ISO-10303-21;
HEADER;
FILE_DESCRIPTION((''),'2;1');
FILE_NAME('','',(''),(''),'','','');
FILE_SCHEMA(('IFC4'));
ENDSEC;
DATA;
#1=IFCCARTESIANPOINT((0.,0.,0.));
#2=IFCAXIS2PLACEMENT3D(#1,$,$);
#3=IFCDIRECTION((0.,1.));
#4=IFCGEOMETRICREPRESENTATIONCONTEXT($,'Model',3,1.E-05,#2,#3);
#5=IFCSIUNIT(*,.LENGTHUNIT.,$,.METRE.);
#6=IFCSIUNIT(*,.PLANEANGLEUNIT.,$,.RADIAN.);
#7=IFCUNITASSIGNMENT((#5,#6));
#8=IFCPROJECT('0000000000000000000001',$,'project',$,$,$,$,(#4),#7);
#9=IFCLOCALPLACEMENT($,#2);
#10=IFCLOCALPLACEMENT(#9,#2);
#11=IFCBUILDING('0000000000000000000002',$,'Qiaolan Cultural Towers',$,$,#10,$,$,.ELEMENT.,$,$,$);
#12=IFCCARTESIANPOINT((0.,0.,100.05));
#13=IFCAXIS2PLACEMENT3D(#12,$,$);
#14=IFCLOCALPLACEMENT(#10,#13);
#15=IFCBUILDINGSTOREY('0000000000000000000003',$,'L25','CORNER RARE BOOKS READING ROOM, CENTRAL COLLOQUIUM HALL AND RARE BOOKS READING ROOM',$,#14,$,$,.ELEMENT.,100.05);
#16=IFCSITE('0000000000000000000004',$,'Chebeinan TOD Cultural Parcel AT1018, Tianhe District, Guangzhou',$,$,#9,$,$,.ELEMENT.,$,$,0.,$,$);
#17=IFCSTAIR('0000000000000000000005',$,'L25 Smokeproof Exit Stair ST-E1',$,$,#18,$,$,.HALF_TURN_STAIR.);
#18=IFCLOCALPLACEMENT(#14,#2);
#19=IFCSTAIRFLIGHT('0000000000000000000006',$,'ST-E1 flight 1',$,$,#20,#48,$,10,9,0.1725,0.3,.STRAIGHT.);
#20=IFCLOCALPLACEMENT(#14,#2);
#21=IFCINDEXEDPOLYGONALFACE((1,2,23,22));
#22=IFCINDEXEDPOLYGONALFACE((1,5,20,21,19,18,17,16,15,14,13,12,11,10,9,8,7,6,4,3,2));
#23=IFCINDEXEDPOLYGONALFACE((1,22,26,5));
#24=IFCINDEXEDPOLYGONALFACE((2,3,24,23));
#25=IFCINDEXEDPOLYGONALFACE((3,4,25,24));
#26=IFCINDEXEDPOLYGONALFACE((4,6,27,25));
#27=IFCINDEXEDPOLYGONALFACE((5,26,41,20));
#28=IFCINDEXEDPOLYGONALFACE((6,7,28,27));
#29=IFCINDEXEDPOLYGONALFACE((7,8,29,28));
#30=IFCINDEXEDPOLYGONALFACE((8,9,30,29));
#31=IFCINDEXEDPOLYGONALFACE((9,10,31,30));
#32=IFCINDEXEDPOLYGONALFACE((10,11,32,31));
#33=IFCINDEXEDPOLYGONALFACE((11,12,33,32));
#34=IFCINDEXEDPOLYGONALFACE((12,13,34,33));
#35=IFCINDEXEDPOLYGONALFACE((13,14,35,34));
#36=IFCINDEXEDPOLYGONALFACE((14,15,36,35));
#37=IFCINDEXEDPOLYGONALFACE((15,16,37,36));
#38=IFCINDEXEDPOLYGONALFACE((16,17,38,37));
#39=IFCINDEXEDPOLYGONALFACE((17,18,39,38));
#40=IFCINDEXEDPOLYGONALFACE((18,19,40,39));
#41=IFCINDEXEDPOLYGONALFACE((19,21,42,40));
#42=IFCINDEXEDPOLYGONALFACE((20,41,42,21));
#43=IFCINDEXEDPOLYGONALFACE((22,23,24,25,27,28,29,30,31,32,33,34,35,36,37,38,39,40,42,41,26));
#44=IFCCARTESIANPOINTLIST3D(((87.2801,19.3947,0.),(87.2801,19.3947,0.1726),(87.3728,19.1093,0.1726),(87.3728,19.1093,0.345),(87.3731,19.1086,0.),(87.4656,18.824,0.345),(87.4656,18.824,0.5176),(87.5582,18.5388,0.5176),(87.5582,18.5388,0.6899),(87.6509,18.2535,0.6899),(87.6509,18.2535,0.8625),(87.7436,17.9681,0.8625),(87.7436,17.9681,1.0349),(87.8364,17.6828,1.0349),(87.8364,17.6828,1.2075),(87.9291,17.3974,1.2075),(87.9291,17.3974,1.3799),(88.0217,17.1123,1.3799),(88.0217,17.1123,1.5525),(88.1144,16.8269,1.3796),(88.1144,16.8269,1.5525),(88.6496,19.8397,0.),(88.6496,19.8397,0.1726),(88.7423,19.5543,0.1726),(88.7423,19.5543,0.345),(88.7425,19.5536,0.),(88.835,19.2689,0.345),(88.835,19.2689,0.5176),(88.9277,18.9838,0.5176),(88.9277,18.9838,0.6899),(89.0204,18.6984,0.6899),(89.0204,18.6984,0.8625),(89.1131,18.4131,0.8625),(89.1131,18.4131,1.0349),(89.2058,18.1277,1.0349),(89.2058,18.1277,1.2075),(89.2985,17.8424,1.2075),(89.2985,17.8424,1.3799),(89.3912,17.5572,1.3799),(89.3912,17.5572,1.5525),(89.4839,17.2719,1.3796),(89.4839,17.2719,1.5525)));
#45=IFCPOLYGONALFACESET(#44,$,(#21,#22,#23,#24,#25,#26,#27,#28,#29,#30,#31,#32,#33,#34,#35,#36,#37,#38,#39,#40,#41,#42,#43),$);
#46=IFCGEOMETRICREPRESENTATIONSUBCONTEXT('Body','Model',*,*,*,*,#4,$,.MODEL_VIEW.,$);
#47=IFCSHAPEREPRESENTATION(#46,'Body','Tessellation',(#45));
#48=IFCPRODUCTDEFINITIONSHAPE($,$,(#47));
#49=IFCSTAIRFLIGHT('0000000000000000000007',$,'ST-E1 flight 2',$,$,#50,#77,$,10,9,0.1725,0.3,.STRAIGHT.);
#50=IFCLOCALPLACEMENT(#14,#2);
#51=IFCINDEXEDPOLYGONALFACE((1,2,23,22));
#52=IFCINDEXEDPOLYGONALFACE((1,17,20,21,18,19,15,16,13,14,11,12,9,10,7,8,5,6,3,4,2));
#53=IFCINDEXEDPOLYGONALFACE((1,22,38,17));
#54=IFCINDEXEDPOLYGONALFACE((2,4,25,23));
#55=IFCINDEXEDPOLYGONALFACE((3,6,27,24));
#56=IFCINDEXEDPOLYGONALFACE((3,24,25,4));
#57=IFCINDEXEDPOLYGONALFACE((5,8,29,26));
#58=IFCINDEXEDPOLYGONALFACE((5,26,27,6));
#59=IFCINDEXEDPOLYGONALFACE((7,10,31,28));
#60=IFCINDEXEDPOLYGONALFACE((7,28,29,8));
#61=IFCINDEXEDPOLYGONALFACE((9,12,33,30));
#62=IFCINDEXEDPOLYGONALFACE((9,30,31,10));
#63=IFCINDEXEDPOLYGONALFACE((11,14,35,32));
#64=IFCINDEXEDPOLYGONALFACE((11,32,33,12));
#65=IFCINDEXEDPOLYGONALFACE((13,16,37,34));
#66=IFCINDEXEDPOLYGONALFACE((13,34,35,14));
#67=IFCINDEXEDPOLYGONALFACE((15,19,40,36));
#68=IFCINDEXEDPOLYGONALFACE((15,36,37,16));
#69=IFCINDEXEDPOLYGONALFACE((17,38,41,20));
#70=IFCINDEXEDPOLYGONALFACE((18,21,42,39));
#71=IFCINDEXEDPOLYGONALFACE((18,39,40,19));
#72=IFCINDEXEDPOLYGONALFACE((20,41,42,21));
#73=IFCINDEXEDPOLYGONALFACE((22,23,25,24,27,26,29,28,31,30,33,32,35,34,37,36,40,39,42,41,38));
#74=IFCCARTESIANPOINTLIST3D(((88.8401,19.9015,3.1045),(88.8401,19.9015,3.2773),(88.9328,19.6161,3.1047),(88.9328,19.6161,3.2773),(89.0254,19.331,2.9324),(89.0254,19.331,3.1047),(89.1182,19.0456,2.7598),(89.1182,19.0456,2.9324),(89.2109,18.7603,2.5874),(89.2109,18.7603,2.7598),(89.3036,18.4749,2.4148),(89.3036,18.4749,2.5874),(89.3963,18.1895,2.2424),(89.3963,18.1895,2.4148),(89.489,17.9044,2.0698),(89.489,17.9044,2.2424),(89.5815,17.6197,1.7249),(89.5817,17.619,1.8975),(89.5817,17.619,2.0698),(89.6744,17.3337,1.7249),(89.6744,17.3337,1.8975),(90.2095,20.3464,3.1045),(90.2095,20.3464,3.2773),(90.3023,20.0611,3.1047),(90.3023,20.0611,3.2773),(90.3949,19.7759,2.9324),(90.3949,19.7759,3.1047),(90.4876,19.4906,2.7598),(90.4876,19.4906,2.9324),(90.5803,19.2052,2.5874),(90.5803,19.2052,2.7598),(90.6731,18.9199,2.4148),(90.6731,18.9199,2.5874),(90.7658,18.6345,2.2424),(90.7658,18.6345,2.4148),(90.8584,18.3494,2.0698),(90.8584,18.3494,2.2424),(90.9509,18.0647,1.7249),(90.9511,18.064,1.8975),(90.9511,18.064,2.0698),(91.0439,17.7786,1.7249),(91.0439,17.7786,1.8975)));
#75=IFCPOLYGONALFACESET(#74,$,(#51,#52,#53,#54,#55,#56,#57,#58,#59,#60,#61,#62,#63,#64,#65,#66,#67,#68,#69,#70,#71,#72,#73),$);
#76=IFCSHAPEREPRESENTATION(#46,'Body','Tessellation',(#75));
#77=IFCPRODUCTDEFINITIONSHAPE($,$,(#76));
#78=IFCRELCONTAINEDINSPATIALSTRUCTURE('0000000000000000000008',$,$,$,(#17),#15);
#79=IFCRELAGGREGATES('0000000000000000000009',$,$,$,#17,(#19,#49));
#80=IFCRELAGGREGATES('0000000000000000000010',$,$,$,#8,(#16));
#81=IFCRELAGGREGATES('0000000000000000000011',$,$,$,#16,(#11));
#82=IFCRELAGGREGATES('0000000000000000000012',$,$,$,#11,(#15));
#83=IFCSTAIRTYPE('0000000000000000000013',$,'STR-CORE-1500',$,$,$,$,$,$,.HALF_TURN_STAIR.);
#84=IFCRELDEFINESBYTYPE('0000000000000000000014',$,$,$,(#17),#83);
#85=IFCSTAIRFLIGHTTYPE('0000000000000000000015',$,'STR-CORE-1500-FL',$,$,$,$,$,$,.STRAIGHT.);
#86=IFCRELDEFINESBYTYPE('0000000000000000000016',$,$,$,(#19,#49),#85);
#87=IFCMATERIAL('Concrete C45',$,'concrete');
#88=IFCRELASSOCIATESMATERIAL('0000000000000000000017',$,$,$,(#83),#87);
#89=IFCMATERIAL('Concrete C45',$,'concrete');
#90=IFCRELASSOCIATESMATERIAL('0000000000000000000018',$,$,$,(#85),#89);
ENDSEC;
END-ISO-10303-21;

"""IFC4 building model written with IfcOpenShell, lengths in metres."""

from ifc_helpers import new_model, si_unit, direction, frame, origin, place, context, subcontext, project, spatial, polyline, outline, extrude, material, type_object, element, aggregate, save


model = new_model("IFC4")

# Units and contexts
model_context = context("Model", 3, precision=1e-05, world=origin(), true_north=direction((0.0, 1.0)))
body_context = subcontext(model_context, "Body", "Model", "MODEL_VIEW")
ifc_project = project(units=[si_unit("LENGTHUNIT", "METRE"), si_unit("PLANEANGLEUNIT", "RADIAN")], contexts=[model_context])

# Site, building, storey
site_placement = place(None, origin())
site = spatial("IfcSite", under=ifc_project, at=site_placement, Name="Chebeinan TOD Cultural Parcel AT1018, Tianhe District, Guangzhou", CompositionType="ELEMENT", RefElevation=0.0)
building_placement = place(site_placement, origin())
building = spatial("IfcBuilding", under=site, at=building_placement, Name="Qiaolan Cultural Towers", CompositionType="ELEMENT")
storey_placement = place(building_placement, frame((0.0, 0.0, 100.05)))
storey = spatial("IfcBuildingStorey", under=building, at=storey_placement, Name="L25", Description="CORNER RARE BOOKS READING ROOM, CENTRAL COLLOQUIUM HALL AND RARE BOOKS READING ROOM", CompositionType="ELEMENT", Elevation=100.05)

# Stair, stair flights
ifc_material_1 = material(Name="Concrete C45", Category="concrete")
stair_type = type_object("IfcStairType", Name="STR-CORE-1500", PredefinedType="HALF_TURN_STAIR", material=ifc_material_1)
stair_placement = place(storey_placement, origin())
stair = element("IfcStair", 1, at=stair_placement, inside=storey, type_object=stair_type, Name="L25 Smokeproof Exit Stair ST-E1", PredefinedType="HALF_TURN_STAIR")
ifc_material_2 = material(Name="Concrete C45", Category="concrete")
stair_flight_type = type_object("IfcStairFlightType", Name="STR-CORE-1500-FL", PredefinedType="STRAIGHT", material=ifc_material_2)
stair_flight_1_placement = place(storey_placement, frame((87.9648, 19.6172, 0.0), z_axis=(0.0, 0.0, 1.0), x_axis=(0.309017, -0.951057, 0.0)))
stair_flight_1 = element("IfcStairFlight", 2, at=stair_flight_1_placement, type_object=stair_flight_type, Name="ST-E1 flight 1", NumberOfRisers=10, NumberOfTreads=9, PredefinedType="STRAIGHT", RiserHeight=0.1725, TreadLength=0.3, context=body_context, shape_type="SweptSolid", body=[
    extrude(outline(polyline([(0.0, 0.0), (0.0, 0.1726), (0.3, 0.1726), (0.3, 0.345), (0.6001, 0.345), (0.6001, 0.5176), (0.8999, 0.5176), (0.8999, 0.6899), (1.2, 0.6899), (1.2, 0.8625), (1.5, 0.8625), (1.5, 1.0349), (1.8, 1.0349), (1.8, 1.2075), (2.1001, 1.2075), (2.1001, 1.3799), (2.3999, 1.3799), (2.3999, 1.5525), (2.7, 1.5525), (2.7, 1.7251), (2.7, 1.3796), (0.3008, 0.0), (0.0, 0.0)])), frame((0.0, 0.72, 0.0), z_axis=(0.0, -1.0, 0.0), x_axis=(1.0, 0.0, 0.0)), (0.0, 0.0, 1.0), 1.4399),
])
stair_flight_2_placement = place(storey_placement, frame((90.3591, 17.5562, 1.7249), z_axis=(0.0, 0.0, 1.0), x_axis=(-0.309017, 0.951057, 0.0)))
stair_flight_2 = element("IfcStairFlight", 3, at=stair_flight_2_placement, type_object=stair_flight_type, Name="ST-E1 flight 2", NumberOfRisers=10, NumberOfTreads=9, PredefinedType="STRAIGHT", RiserHeight=0.1725, TreadLength=0.3, context=body_context, shape_type="SweptSolid", body=[
    extrude(outline(polyline([(0.0, 0.0), (0.0, 0.1726), (0.3, 0.1726), (0.3, 0.345), (0.6001, 0.345), (0.6001, 0.5176), (0.8999, 0.5176), (0.8999, 0.6899), (1.2, 0.6899), (1.2, 0.8625), (1.5, 0.8625), (1.5, 1.0349), (1.8, 1.0349), (1.8, 1.2075), (2.1001, 1.2075), (2.1001, 1.3799), (2.3999, 1.3799), (2.3999, 1.5525), (2.7, 1.5525), (2.7, 1.7251), (2.7, 1.3796), (0.3008, 0.0), (0.0, 0.0)])), frame((0.0, 0.72, 0.0), z_axis=(0.0, -1.0, 0.0), x_axis=(1.0, 0.0, 0.0)), (0.0, 0.0, 1.0), 1.4399),
])
aggregate(stair, [stair_flight_1, stair_flight_2])

save(model, "model.ifc")
